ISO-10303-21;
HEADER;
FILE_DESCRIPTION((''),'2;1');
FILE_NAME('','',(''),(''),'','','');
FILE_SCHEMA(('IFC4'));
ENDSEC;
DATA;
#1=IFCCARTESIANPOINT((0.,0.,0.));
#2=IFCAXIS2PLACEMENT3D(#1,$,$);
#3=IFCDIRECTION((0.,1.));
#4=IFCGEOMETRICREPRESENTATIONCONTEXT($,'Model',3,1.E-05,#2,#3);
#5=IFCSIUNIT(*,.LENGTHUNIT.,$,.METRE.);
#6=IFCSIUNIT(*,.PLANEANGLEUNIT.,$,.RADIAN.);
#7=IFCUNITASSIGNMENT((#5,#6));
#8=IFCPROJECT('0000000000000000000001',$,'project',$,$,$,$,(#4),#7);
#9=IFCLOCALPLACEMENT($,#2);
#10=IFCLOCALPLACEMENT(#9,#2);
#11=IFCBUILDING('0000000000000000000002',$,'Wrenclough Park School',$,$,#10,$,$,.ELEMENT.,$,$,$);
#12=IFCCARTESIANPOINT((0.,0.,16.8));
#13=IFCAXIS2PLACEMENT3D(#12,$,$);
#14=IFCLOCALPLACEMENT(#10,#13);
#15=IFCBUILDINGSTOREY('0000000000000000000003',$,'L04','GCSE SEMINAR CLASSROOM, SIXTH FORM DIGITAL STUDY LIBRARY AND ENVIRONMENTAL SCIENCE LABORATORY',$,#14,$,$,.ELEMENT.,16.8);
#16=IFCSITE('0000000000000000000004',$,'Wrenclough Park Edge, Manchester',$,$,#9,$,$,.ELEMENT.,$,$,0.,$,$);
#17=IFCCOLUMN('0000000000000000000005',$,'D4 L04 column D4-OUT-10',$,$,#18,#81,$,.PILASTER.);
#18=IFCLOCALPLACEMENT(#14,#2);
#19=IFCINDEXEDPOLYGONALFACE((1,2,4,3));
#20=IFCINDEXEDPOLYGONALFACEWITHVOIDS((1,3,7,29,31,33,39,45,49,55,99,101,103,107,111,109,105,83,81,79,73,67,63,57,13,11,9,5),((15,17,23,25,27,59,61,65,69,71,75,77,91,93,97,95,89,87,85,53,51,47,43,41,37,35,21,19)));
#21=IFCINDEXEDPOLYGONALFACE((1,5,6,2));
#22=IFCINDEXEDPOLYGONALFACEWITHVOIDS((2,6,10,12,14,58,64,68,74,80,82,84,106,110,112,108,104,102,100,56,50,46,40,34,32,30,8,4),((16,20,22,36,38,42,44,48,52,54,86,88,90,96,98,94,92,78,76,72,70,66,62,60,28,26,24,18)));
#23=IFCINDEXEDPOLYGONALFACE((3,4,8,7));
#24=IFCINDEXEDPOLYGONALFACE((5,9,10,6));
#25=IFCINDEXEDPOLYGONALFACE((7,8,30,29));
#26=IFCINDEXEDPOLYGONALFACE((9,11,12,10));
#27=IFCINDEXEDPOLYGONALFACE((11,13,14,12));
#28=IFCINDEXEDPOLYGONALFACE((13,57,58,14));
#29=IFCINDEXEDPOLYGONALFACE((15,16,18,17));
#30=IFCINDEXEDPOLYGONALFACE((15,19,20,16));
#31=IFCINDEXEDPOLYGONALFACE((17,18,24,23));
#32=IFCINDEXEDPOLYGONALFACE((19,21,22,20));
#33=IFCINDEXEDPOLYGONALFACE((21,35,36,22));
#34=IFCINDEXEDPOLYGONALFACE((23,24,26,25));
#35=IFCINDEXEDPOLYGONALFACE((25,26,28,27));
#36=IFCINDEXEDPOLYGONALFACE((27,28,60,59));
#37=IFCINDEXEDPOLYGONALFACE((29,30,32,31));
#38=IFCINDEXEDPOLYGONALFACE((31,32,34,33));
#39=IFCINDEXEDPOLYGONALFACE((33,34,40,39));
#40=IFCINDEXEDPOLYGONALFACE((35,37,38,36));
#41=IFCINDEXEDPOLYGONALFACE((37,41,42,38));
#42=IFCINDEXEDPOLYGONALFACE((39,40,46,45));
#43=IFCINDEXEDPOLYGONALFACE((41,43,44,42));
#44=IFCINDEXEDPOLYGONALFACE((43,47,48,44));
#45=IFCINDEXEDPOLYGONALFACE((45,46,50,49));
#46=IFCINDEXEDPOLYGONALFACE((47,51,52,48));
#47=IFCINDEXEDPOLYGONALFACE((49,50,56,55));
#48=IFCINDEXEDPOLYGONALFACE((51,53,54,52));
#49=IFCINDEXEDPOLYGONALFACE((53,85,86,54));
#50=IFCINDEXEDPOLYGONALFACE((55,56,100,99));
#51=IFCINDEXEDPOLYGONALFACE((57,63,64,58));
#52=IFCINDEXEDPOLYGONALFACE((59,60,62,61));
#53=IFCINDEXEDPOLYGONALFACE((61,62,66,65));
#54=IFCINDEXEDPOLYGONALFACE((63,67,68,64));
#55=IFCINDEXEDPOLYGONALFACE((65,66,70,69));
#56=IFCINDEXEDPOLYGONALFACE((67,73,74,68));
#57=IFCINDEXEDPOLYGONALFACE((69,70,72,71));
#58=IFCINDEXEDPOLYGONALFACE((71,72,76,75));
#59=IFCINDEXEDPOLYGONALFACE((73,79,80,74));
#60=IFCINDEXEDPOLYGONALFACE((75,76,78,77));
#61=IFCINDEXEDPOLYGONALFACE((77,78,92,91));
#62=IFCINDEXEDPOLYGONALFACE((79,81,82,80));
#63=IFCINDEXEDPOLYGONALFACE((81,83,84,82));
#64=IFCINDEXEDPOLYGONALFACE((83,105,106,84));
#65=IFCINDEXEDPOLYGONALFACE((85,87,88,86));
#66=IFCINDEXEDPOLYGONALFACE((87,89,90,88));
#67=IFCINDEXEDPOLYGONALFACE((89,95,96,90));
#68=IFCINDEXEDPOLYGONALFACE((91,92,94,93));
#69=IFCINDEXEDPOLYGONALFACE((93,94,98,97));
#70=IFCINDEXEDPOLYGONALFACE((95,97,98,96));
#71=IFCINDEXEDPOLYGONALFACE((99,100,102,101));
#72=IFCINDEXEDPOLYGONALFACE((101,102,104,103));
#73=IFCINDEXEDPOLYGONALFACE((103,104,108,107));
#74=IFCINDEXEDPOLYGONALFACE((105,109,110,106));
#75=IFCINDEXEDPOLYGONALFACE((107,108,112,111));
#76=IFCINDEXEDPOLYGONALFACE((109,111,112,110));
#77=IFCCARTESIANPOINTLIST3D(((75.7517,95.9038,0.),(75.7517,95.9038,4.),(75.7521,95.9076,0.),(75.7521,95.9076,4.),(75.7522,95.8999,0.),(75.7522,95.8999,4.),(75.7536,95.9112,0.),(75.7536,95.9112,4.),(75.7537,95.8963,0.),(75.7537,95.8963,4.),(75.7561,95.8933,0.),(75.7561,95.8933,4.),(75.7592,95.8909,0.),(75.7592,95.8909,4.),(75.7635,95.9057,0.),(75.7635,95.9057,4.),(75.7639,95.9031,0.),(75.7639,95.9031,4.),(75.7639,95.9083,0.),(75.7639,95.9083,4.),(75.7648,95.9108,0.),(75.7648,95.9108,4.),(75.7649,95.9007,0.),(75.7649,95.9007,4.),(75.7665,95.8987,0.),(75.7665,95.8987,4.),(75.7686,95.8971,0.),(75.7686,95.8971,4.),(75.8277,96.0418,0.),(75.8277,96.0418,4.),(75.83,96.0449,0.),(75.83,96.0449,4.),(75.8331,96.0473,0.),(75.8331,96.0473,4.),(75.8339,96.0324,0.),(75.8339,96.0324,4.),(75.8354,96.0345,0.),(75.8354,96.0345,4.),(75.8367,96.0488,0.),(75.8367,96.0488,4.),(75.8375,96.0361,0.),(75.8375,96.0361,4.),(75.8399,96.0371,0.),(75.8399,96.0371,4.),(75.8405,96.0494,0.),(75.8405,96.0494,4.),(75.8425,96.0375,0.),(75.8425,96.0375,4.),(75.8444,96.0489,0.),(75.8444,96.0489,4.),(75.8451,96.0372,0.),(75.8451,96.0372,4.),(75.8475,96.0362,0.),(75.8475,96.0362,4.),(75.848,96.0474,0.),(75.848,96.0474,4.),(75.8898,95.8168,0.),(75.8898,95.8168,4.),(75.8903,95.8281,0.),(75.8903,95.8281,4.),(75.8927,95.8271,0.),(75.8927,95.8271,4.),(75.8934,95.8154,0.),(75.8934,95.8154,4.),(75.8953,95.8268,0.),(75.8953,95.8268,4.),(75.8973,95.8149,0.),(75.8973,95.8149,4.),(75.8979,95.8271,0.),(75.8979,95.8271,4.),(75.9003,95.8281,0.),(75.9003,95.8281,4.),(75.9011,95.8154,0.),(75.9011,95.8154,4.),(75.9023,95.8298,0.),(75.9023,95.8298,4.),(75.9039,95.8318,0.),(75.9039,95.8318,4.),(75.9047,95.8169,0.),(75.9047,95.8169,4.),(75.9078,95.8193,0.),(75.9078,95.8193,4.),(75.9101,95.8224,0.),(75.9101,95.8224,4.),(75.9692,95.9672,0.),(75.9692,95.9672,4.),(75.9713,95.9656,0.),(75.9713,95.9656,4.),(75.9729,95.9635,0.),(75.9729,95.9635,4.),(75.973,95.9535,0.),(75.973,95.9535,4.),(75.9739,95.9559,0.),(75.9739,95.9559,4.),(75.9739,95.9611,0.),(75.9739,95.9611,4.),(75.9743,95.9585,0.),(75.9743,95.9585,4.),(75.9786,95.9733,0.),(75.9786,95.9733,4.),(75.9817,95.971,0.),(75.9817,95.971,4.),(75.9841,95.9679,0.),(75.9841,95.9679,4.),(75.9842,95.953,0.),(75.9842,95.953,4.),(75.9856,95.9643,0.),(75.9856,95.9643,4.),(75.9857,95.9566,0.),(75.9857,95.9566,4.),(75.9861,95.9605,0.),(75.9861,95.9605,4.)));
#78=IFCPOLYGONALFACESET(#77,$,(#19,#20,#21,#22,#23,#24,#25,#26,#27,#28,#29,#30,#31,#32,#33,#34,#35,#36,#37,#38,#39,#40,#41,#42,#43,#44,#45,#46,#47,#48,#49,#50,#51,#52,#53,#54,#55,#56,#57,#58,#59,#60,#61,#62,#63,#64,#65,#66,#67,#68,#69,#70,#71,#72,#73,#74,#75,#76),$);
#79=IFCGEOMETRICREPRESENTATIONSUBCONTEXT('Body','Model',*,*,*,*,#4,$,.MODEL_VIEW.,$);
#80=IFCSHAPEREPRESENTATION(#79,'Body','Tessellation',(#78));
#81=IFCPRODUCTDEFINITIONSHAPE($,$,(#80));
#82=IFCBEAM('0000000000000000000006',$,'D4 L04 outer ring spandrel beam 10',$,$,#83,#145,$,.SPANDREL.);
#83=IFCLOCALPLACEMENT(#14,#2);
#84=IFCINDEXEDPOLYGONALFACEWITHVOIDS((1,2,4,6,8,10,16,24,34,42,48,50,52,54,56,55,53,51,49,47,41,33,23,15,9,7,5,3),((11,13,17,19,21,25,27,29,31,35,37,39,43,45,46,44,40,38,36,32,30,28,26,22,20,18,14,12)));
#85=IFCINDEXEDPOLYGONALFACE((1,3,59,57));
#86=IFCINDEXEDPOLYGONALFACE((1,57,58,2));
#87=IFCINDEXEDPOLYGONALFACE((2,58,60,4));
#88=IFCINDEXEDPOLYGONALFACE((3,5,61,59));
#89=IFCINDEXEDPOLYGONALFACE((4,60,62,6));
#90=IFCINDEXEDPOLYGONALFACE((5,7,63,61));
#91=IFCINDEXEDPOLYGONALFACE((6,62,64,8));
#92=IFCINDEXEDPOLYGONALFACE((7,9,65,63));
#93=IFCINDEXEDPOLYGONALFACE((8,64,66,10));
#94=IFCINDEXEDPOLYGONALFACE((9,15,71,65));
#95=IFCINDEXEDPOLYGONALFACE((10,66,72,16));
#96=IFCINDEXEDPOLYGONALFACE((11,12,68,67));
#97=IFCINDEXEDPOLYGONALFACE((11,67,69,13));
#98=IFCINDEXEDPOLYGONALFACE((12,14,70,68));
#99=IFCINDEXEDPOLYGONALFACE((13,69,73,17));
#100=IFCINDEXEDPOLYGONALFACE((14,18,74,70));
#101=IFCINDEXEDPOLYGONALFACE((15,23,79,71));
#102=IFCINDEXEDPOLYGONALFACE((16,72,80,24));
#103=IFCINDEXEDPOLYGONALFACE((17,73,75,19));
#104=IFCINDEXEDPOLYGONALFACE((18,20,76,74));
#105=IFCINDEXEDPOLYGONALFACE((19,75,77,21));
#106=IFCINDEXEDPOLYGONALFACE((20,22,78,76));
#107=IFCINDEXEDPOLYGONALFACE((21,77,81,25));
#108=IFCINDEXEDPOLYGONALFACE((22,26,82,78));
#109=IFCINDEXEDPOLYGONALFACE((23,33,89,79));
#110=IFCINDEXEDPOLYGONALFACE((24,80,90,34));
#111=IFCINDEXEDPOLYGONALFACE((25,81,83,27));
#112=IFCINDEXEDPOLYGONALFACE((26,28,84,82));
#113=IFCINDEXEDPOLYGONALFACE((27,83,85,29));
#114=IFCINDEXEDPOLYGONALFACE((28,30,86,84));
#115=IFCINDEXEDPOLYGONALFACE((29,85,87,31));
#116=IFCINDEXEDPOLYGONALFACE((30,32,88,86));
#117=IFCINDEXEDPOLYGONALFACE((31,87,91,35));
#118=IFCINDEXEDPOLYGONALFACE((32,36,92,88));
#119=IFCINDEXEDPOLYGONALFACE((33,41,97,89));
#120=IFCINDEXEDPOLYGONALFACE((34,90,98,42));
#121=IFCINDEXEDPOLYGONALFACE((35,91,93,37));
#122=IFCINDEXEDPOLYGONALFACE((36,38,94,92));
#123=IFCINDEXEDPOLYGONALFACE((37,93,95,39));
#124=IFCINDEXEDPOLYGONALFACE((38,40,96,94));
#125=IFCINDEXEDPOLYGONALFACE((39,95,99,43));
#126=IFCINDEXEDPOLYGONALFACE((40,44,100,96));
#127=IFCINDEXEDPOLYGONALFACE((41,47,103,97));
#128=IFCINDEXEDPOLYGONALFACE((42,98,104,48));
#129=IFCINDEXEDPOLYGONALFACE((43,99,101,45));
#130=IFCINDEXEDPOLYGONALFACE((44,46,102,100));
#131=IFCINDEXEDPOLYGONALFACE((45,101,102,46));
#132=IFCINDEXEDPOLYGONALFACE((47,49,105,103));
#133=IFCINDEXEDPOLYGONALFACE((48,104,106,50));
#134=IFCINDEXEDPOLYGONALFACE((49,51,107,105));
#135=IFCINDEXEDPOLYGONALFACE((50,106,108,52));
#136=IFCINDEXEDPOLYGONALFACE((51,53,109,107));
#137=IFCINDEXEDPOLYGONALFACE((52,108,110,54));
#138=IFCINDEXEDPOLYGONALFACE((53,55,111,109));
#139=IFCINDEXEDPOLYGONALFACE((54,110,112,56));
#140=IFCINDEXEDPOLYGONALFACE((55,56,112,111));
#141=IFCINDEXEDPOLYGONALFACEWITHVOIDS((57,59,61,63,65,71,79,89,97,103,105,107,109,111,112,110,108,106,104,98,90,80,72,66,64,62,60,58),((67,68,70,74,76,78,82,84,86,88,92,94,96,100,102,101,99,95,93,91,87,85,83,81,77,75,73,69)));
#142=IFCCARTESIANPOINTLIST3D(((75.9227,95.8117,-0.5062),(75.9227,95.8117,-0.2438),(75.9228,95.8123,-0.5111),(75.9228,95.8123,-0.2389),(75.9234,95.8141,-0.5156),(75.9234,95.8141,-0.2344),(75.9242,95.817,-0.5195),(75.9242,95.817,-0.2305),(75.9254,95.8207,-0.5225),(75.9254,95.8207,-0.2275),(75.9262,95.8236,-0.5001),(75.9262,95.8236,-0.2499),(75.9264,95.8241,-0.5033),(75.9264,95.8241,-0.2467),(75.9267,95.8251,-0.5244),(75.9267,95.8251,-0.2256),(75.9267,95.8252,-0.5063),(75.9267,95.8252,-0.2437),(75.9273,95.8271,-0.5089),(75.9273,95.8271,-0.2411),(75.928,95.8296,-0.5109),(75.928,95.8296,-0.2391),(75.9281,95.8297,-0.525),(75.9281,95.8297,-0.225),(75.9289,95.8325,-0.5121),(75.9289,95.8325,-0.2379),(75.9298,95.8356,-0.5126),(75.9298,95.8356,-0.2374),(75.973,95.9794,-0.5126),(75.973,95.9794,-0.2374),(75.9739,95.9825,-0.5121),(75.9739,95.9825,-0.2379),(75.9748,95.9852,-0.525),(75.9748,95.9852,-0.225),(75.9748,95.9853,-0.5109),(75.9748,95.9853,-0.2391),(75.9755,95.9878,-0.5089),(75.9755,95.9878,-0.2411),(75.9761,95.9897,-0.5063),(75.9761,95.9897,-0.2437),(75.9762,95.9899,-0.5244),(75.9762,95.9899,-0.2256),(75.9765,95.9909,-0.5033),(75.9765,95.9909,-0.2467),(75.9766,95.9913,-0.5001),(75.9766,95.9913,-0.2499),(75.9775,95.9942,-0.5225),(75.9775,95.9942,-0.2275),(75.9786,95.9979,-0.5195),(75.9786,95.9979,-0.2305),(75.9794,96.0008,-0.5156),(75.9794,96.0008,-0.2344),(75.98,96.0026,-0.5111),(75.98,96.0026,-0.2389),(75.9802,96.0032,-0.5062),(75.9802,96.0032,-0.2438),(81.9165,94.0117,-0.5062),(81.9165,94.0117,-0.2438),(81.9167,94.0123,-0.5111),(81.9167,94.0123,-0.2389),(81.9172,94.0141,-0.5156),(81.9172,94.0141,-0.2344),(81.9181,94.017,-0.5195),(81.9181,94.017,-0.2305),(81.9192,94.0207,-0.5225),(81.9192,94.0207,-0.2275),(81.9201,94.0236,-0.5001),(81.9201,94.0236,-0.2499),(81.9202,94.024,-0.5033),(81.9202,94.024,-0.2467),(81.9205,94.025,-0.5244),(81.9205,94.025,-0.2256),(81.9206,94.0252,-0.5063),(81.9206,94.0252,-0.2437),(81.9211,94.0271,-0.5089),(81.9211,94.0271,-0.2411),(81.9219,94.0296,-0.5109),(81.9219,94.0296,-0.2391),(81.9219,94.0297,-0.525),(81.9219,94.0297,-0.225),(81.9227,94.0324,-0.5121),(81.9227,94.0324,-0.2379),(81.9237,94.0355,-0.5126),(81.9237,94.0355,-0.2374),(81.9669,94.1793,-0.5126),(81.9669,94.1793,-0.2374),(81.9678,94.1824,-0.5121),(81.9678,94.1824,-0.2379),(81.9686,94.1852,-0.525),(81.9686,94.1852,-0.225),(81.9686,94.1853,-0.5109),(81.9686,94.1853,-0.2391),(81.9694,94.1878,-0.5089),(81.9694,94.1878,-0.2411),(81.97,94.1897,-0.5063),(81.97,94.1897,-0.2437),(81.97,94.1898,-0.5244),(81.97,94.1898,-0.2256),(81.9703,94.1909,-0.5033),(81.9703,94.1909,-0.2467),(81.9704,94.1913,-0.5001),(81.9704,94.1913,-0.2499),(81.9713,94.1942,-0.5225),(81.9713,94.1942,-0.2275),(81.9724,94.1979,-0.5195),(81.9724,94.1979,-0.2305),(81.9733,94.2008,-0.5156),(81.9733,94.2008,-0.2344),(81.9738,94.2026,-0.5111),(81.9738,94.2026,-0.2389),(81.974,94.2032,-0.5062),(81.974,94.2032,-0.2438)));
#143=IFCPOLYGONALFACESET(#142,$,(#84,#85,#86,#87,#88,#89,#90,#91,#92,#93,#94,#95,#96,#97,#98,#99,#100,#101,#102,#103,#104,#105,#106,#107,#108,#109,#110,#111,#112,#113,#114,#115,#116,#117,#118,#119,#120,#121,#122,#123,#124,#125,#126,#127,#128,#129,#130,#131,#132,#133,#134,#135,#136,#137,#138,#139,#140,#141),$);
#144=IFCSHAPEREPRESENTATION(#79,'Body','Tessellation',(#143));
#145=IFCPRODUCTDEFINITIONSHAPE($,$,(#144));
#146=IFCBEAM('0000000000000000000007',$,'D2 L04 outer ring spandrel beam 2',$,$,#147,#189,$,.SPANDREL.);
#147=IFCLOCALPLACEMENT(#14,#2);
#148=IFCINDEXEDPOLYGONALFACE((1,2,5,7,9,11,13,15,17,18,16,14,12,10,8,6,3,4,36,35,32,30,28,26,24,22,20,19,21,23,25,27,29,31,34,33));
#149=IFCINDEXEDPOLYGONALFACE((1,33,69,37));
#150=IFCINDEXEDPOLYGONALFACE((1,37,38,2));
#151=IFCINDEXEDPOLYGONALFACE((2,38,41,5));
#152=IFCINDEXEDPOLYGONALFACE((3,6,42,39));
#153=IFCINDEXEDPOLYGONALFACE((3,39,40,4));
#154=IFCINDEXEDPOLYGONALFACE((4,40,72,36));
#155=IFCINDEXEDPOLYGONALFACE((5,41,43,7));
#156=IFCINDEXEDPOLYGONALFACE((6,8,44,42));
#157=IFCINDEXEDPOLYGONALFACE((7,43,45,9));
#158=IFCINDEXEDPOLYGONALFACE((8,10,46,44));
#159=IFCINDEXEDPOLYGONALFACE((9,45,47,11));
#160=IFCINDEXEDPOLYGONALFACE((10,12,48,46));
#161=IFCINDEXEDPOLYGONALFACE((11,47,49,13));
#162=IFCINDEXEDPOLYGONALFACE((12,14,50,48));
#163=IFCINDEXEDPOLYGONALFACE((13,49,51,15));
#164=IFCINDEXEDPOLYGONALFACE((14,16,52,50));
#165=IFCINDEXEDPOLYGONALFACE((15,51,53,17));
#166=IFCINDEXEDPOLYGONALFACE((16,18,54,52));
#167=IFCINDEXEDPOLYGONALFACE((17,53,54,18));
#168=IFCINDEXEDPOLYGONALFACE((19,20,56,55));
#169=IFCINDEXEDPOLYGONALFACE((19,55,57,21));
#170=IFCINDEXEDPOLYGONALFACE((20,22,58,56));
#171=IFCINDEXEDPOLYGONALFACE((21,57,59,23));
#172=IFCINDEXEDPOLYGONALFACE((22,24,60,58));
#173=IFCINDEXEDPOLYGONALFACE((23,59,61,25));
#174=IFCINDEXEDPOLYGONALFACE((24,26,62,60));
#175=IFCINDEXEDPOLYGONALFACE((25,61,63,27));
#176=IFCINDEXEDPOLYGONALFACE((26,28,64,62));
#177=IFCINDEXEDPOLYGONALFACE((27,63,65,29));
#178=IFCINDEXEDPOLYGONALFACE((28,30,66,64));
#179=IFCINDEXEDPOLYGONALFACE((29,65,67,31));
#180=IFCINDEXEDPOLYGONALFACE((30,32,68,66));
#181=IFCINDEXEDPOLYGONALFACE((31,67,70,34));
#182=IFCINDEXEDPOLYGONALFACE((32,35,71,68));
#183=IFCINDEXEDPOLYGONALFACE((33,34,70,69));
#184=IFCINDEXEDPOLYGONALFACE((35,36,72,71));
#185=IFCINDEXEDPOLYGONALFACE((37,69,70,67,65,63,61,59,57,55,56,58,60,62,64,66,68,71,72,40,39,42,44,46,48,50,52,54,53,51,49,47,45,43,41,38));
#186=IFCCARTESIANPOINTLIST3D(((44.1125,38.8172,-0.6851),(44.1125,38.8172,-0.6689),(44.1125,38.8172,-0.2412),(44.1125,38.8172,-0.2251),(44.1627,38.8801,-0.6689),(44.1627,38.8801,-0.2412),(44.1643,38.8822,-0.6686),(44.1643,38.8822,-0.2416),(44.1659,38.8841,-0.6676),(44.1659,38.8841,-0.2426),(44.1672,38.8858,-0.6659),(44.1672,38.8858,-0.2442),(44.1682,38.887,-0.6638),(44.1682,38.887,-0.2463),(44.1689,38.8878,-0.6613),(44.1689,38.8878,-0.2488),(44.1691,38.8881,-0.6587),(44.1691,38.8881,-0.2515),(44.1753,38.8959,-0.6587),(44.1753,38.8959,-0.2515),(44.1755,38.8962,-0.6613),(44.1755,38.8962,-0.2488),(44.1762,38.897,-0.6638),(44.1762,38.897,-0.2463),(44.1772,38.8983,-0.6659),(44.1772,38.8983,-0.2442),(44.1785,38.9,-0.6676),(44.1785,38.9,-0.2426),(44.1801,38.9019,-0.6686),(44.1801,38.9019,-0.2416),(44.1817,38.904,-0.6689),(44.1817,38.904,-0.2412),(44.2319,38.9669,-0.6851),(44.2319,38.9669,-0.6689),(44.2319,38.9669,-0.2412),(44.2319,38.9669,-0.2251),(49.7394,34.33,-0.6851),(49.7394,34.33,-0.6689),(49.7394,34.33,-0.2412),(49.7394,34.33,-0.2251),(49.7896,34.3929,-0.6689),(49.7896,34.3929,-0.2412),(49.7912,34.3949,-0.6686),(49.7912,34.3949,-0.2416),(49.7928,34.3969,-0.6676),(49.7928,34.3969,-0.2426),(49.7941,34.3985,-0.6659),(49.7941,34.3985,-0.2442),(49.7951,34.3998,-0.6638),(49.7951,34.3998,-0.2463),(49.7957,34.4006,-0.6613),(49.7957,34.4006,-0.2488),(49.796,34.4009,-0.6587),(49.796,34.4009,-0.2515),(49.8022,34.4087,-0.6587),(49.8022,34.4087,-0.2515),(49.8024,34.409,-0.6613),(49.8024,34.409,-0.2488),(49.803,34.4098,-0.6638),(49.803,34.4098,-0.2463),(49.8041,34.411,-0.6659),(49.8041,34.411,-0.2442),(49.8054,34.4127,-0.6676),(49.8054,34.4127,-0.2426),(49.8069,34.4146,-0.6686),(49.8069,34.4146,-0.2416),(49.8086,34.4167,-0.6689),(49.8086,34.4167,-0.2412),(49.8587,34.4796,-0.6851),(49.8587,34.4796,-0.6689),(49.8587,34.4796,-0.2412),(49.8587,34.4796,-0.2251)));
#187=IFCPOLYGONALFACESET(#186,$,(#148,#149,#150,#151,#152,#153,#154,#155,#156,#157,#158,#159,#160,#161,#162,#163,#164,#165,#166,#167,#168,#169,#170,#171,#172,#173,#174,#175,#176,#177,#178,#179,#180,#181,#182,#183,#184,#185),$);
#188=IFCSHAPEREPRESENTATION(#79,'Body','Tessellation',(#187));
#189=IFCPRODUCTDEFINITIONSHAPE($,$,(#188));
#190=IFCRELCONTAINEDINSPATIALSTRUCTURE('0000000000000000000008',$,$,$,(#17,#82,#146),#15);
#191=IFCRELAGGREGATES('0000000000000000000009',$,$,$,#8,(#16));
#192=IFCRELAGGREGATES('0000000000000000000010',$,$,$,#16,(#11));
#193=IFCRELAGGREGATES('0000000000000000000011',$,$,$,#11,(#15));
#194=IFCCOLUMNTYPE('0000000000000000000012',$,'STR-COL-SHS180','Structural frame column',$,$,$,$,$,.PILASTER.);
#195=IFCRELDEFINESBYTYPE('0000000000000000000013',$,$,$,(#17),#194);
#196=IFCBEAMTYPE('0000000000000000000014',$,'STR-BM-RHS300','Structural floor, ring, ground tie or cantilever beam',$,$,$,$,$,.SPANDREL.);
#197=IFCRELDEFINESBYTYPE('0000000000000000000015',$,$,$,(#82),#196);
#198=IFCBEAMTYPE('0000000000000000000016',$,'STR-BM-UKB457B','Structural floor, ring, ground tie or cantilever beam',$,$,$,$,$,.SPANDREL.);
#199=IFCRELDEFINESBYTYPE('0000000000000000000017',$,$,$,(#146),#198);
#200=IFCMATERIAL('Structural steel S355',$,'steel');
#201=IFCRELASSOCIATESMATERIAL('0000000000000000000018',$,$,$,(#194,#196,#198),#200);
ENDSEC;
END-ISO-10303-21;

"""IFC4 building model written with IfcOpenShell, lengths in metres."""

from ifc_helpers import new_model, si_unit, direction, frame, origin, origin_2d, place, context, subcontext, project, spatial, hollow_rectangle, i_section, extrude, material, material_profile, profile_set, type_object, element, save


model = new_model("IFC4")

# Units and contexts
model_context = context("Model", 3, precision=1e-05, world=origin(), true_north=direction((0.0, 1.0)))
body_context = subcontext(model_context, "Body", "Model", "MODEL_VIEW")
ifc_project = project(units=[si_unit("LENGTHUNIT", "METRE"), si_unit("PLANEANGLEUNIT", "RADIAN")], contexts=[model_context])

# Site, building, storey
site_placement = place(None, origin())
site = spatial("IfcSite", under=ifc_project, at=site_placement, Name="Wrenclough Park Edge, Manchester", CompositionType="ELEMENT", RefElevation=0.0)
building_placement = place(site_placement, origin())
building = spatial("IfcBuilding", under=site, at=building_placement, Name="Wrenclough Park School", CompositionType="ELEMENT")
storey_placement = place(building_placement, frame((0.0, 0.0, 16.8)))
storey = spatial("IfcBuildingStorey", under=building, at=storey_placement, Name="L04", Description="GCSE SEMINAR CLASSROOM, SIXTH FORM DIGITAL STUDY LIBRARY AND ENVIRONMENTAL SCIENCE LABORATORY", CompositionType="ELEMENT", Elevation=16.8)

# Column
ifc_material_1 = material(Name="Structural steel S355", Category="steel")
ifc_material_profile_1 = material_profile(ifc_material_1, hollow_rectangle(XDim=0.1799, YDim=0.1799, WallThickness=0.01, InnerFilletRadius=0.01, OuterFilletRadius=0.0149, at=origin_2d()), Name="SHS 180x180x10.0")
ifc_profile_set_1 = profile_set([ifc_material_profile_1], Name="Structural steel S355")
column_type = type_object("IfcColumnType", Name="STR-COL-SHS180", Description="Structural frame column", PredefinedType="PILASTER", material=ifc_profile_set_1)
column_placement = place(storey_placement, frame((75.8689, 95.9321, 0.0), z_axis=(0.0, 0.0, 1.0), x_axis=(0.869753, -0.493487, 0.0)))
element("IfcColumn", 1, at=column_placement, inside=storey, type_object=column_type, Name="D4 L04 column D4-OUT-10", PredefinedType="PILASTER", context=body_context, shape_type="SweptSolid", body=[
    extrude(hollow_rectangle(XDim=0.1799, YDim=0.1799, WallThickness=0.01, InnerFilletRadius=0.01, OuterFilletRadius=0.0149, at=origin_2d()), origin(), (0.0, 0.0, 1.0), 4.0),
])

# Beams
ifc_material_profile_2 = material_profile(ifc_material_1, hollow_rectangle(XDim=0.2, YDim=0.3, WallThickness=0.0125, InnerFilletRadius=0.0125, OuterFilletRadius=0.0188, at=origin_2d()), Name="RHS 300x200x12.5")
ifc_profile_set_2 = profile_set([ifc_material_profile_2], Name="Structural steel S355")
beam_type_1 = type_object("IfcBeamType", Name="STR-BM-RHS300", Description="Structural floor, ring, ground tie or cantilever beam", PredefinedType="SPANDREL", material=ifc_profile_set_2)
beam_1_placement = place(storey_placement, frame((75.9514, 95.9075, -0.375), z_axis=(0.957744, -0.287623, 0.0), x_axis=(0.287623, 0.957744, 0.0)))
element("IfcBeam", 2, at=beam_1_placement, inside=storey, type_object=beam_type_1, Name="D4 L04 outer ring spandrel beam 10", PredefinedType="SPANDREL", context=body_context, shape_type="SweptSolid", body=[
    extrude(hollow_rectangle(XDim=0.2, YDim=0.3, WallThickness=0.0125, InnerFilletRadius=0.0125, OuterFilletRadius=0.0188, at=origin_2d()), origin(), (0.0, 0.0, 1.0), 6.2583),
])
ifc_material_profile_3 = material_profile(ifc_material_1, i_section(OverallWidth=0.1914, OverallDepth=0.46, WebThickness=0.01, FlangeThickness=0.0161, FilletRadius=0.0103, at=origin_2d()), Name="UKB 457x191x82")
ifc_profile_set_3 = profile_set([ifc_material_profile_3], Name="Structural steel S355")
beam_type_2 = type_object("IfcBeamType", Name="STR-BM-UKB457B", Description="Structural floor, ring, ground tie or cantilever beam", PredefinedType="SPANDREL", material=ifc_profile_set_3)
for number, where, z_axis, x_axis, name in (
    (3, (49.7991, 34.4048, -0.4551), (-0.781834, 0.623486, 0.0), (-0.623486, -0.781834, 0.0), "D2 L04 outer ring spandrel beam 2"),
):
    element("IfcBeam", number, at=place(storey_placement, frame(where, z_axis=z_axis, x_axis=x_axis)), inside=storey, type_object=beam_type_2, Name=name, PredefinedType="SPANDREL", context=body_context, shape_type="SweptSolid", body=[
        extrude(i_section(OverallWidth=0.1914, OverallDepth=0.46, WebThickness=0.01, FlangeThickness=0.0161, FilletRadius=0.0103, at=origin_2d()), origin(), (0.0, 0.0, 1.0), 7.197),
    ])

save(model, "model.ifc")
